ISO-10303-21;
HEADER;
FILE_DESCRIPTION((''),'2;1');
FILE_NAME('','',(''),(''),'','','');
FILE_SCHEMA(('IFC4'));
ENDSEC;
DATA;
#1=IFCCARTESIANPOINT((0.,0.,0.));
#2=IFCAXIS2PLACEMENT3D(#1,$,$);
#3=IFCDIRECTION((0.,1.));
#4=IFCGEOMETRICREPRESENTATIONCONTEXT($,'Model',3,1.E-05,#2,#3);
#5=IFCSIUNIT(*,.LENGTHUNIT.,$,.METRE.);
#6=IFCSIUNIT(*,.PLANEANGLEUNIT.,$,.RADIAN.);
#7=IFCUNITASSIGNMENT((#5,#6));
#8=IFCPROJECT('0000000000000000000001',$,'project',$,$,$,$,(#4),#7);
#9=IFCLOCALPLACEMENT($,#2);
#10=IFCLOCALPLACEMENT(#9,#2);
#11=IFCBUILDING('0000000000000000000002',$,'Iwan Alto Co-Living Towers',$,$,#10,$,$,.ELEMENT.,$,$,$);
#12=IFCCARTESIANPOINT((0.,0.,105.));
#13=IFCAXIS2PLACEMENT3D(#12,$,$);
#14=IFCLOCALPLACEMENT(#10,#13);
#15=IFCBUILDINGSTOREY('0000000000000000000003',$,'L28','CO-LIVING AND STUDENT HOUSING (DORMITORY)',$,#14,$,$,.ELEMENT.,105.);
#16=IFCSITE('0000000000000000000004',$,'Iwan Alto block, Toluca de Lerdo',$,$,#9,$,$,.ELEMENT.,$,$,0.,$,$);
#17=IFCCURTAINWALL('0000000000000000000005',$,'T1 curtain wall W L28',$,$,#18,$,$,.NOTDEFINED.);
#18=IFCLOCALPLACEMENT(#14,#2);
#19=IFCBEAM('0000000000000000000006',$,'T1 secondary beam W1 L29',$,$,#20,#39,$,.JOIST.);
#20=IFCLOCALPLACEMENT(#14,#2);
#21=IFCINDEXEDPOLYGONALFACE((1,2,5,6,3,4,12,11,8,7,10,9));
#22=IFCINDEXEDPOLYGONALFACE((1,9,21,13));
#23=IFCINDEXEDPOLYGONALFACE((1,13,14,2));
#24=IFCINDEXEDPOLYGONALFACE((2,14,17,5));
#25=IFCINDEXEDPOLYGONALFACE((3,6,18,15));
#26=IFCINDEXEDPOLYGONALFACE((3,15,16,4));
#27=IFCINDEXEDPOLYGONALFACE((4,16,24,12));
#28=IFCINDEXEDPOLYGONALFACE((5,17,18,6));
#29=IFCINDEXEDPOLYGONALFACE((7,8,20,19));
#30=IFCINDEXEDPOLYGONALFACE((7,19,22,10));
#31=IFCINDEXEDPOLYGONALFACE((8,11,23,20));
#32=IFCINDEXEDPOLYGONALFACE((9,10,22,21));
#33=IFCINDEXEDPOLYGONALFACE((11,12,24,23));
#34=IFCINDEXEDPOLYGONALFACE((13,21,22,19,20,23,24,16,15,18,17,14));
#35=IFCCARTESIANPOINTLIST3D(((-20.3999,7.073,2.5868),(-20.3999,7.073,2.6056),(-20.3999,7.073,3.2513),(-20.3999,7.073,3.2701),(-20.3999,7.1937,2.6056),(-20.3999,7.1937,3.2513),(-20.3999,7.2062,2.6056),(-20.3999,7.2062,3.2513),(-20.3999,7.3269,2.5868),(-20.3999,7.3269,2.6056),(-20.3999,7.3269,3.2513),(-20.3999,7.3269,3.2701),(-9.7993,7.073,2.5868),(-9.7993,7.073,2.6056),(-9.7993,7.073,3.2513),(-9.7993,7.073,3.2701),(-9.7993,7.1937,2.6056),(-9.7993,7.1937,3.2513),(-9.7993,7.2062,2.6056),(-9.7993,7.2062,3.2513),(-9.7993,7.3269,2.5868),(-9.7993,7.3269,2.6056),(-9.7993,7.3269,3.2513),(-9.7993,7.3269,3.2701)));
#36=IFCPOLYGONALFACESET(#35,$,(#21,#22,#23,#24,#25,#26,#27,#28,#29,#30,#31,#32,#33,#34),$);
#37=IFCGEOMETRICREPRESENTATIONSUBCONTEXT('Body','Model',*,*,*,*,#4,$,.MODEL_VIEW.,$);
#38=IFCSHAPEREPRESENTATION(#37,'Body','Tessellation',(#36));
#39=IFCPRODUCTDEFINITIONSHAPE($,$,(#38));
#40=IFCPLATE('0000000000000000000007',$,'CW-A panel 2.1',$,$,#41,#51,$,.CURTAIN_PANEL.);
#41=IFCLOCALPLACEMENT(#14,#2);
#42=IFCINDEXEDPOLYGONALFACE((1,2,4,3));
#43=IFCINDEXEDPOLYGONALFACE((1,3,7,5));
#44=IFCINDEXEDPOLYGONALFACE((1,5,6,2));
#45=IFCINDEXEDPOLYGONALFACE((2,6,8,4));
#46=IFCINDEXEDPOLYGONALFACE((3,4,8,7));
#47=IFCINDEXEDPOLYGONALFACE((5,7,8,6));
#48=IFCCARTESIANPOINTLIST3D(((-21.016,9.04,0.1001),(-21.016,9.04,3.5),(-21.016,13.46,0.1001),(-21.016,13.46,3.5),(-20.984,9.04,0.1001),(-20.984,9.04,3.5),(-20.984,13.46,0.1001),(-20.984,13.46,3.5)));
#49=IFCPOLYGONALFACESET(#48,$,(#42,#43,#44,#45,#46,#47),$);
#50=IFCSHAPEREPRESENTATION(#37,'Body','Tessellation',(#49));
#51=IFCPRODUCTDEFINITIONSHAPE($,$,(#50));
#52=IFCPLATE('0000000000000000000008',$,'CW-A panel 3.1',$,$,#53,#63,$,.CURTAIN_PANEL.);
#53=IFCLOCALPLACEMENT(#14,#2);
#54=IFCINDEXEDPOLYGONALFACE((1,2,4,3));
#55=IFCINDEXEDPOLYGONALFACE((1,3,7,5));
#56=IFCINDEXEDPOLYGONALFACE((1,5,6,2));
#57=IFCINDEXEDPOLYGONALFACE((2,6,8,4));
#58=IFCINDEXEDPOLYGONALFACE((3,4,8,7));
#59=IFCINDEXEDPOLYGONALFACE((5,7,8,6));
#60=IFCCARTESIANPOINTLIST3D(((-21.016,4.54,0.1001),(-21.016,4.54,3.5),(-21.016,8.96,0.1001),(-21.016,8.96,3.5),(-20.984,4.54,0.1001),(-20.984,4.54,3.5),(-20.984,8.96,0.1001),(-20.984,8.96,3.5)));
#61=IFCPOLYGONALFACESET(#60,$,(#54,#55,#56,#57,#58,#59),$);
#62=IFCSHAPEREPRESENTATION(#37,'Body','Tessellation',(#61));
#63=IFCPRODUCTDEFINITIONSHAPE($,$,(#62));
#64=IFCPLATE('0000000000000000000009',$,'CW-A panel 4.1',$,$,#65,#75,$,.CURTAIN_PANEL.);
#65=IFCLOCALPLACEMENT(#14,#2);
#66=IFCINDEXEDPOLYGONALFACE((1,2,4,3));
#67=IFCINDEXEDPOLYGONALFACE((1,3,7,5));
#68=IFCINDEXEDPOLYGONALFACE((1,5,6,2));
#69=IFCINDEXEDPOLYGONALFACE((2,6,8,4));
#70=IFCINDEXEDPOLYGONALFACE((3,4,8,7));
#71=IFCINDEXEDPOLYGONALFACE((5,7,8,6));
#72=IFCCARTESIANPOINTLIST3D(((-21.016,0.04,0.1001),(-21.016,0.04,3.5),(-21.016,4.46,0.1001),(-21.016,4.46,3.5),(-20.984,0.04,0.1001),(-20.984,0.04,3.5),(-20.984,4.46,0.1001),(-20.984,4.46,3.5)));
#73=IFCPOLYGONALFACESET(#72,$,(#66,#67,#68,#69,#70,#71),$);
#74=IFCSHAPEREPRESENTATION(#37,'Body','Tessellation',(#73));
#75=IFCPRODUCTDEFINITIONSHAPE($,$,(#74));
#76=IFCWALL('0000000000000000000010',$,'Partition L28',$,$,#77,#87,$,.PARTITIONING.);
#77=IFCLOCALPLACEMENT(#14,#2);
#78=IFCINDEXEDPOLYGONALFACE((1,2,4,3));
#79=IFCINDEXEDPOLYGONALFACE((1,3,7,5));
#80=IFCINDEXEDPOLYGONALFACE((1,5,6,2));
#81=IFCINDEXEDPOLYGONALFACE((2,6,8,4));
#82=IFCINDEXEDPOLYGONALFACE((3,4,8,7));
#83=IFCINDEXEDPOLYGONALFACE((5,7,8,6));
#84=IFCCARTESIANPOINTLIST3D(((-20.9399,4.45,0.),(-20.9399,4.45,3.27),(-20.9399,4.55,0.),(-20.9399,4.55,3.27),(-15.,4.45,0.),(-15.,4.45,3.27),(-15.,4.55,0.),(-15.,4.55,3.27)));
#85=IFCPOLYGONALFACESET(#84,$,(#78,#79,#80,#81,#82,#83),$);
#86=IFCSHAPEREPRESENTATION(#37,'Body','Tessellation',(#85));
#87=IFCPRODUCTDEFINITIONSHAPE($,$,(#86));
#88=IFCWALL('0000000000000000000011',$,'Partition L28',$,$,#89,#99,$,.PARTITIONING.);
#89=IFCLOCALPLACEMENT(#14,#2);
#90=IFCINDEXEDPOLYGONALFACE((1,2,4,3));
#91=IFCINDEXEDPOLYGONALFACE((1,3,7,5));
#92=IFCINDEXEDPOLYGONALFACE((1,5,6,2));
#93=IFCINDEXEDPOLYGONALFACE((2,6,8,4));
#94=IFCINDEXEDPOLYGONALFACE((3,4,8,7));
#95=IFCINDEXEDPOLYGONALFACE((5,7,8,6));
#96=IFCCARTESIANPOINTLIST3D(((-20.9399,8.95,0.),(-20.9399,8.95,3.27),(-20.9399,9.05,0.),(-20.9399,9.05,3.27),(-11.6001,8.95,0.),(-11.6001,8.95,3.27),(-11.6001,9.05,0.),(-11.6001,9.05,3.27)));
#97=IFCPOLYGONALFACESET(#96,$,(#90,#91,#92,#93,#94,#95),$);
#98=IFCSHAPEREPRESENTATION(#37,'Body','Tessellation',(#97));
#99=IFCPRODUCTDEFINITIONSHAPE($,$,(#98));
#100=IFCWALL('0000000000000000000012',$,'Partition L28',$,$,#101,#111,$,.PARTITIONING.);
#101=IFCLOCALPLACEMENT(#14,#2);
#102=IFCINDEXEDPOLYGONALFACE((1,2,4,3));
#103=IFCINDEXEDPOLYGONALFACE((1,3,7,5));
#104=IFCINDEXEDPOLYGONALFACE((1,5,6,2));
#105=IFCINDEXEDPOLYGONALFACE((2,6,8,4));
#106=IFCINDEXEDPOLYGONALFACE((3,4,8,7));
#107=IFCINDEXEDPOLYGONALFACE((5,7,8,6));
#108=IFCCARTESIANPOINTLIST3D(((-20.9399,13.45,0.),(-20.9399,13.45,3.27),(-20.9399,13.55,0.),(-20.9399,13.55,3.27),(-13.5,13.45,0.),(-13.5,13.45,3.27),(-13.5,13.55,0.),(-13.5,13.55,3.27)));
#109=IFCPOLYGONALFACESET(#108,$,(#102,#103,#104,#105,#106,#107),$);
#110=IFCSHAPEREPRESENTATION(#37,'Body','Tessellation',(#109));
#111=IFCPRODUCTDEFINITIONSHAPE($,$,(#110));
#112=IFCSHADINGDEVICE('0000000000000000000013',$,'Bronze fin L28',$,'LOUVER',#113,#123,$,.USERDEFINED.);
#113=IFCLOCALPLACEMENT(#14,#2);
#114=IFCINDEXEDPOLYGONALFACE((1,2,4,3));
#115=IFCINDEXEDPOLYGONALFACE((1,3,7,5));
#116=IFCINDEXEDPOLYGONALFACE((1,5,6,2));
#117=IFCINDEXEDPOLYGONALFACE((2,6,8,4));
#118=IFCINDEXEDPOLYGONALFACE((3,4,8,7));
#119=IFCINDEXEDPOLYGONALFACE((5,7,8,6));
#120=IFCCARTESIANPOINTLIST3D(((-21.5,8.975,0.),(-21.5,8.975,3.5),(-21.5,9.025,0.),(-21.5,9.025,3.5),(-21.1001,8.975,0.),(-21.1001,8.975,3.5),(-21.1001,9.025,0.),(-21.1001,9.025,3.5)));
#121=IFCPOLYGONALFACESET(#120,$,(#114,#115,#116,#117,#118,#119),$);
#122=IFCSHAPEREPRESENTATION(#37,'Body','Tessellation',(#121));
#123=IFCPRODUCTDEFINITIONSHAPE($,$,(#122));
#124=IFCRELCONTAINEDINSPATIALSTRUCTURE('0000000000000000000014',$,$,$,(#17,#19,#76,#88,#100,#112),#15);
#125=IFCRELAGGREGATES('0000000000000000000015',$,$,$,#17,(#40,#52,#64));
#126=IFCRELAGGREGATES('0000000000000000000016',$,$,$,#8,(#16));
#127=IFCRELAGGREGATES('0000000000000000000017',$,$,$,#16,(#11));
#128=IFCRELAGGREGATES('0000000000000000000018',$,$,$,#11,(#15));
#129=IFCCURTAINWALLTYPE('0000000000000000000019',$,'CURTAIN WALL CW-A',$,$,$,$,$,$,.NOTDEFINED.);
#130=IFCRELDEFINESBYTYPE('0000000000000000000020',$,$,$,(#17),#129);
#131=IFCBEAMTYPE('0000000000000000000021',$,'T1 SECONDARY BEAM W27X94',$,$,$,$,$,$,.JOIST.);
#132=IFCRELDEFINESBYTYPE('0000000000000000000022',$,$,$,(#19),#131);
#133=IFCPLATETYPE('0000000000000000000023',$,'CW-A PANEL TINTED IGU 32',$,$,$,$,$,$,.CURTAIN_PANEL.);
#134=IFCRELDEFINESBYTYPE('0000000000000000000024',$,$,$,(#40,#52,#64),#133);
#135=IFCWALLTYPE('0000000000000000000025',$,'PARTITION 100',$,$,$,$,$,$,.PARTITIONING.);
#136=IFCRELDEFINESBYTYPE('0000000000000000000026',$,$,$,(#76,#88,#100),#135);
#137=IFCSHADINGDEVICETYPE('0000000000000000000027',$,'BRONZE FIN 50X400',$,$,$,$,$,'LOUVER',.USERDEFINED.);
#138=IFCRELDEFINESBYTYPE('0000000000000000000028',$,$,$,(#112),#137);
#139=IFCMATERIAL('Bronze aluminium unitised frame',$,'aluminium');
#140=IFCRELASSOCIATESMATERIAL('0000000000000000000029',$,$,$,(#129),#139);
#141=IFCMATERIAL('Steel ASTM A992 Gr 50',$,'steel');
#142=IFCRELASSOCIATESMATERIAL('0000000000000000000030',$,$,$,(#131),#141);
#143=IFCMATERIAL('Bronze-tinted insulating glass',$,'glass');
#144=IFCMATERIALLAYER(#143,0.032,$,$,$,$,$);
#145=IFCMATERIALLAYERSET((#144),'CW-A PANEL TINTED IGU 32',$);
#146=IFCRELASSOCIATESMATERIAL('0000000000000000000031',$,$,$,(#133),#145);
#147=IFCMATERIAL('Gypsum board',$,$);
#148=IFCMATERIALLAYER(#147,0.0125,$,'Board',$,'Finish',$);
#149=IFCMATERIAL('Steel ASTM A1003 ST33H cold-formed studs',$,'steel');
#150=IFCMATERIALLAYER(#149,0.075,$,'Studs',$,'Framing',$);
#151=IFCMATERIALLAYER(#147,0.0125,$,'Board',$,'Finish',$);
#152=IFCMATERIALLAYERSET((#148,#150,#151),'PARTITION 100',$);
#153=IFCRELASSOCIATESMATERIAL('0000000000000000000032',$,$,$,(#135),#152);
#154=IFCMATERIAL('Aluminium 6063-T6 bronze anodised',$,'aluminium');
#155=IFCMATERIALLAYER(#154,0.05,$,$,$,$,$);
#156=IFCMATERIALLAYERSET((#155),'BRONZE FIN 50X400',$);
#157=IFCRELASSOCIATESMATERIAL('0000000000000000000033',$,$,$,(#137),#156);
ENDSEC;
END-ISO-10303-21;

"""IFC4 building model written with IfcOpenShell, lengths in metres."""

from ifc_helpers import new_model, si_unit, direction, frame, frame_2d, origin, origin_2d, place, context, subcontext, project, spatial, rectangle, i_section, extrude, material, layer, layer_set, material_profile, profile_set, type_object, element, aggregate, save


model = new_model("IFC4")

# Units and contexts
model_context = context("Model", 3, precision=1e-05, world=origin(), true_north=direction((0.0, 1.0)))
body_context = subcontext(model_context, "Body", "Model", "MODEL_VIEW")
ifc_project = project(units=[si_unit("LENGTHUNIT", "METRE"), si_unit("PLANEANGLEUNIT", "RADIAN")], contexts=[model_context])

# Site, building, storey
site_placement = place(None, origin())
site = spatial("IfcSite", under=ifc_project, at=site_placement, Name="Iwan Alto block, Toluca de Lerdo", CompositionType="ELEMENT", RefElevation=0.0)
building_placement = place(site_placement, origin())
building = spatial("IfcBuilding", under=site, at=building_placement, Name="Iwan Alto Co-Living Towers", CompositionType="ELEMENT")
storey_placement = place(building_placement, frame((0.0, 0.0, 105.0)))
storey = spatial("IfcBuildingStorey", under=building, at=storey_placement, Name="L28", Description="CO-LIVING AND STUDENT HOUSING (DORMITORY)", CompositionType="ELEMENT", Elevation=105.0)

# Curtain wall
ifc_material_1 = material(Name="Bronze aluminium unitised frame", Category="aluminium")
curtain_wall_type = type_object("IfcCurtainWallType", Name="CURTAIN WALL CW-A", PredefinedType="NOTDEFINED", material=ifc_material_1)
curtain_wall_placement = place(storey_placement, origin())
curtain_wall = element("IfcCurtainWall", 1, at=curtain_wall_placement, inside=storey, type_object=curtain_wall_type, Name="T1 curtain wall W L28", PredefinedType="NOTDEFINED")

# Beam
ifc_material_2 = material(Name="Steel ASTM A992 Gr 50", Category="steel")
ifc_material_profile_1 = material_profile(ifc_material_2, i_section(OverallWidth=0.2539, OverallDepth=0.6833, WebThickness=0.0125, FlangeThickness=0.0188, at=origin_2d()), Name="W27X94")
ifc_profile_set_1 = profile_set([ifc_material_profile_1], Name="Steel ASTM A992 Gr 50")
beam_type_1 = type_object("IfcBeamType", Name="T1 SECONDARY BEAM W27X94", PredefinedType="JOIST", material=ifc_profile_set_1)
beam_1_placement = place(storey_placement, frame((-20.3999, 7.2, 2.9285), z_axis=(1.0, 0.0, 0.0), x_axis=(0.0, 1.0, 0.0)))
element("IfcBeam", 2, at=beam_1_placement, inside=storey, type_object=beam_type_1, Name="T1 secondary beam W1 L29", PredefinedType="JOIST", context=body_context, shape_type="SweptSolid", body=[
    extrude(i_section(OverallWidth=0.2539, OverallDepth=0.6833, WebThickness=0.0125, FlangeThickness=0.0188, at=origin_2d()), origin(), (0.0, 0.0, 1.0), 10.6006),
])

# Plates
ifc_material_3 = material(Name="Bronze-tinted insulating glass", Category="glass")
ifc_layer_1 = layer(ifc_material_3, 0.032)
ifc_layer_set_1 = layer_set([ifc_layer_1], Name="CW-A PANEL TINTED IGU 32")
plate_type = type_object("IfcPlateType", Name="CW-A PANEL TINTED IGU 32", PredefinedType="CURTAIN_PANEL", material=ifc_layer_set_1)
plate_1_placement = place(storey_placement, frame((-21.0, 11.25, 0.1001), z_axis=(0.0, 0.0, 1.0), x_axis=(0.0, -1.0, 0.0)))
plate_1 = element("IfcPlate", 3, at=plate_1_placement, type_object=plate_type, Name="CW-A panel 2.1", PredefinedType="CURTAIN_PANEL", context=body_context, shape_type="SweptSolid", body=[
    extrude(rectangle(XDim=4.4199, YDim=0.032, at=origin_2d()), origin(), (0.0, 0.0, 1.0), 3.3999),
])
plate_2_placement = place(storey_placement, frame((-21.0, 6.75, 0.1001), z_axis=(0.0, 0.0, 1.0), x_axis=(0.0, -1.0, 0.0)))
plate_2 = element("IfcPlate", 4, at=plate_2_placement, type_object=plate_type, Name="CW-A panel 3.1", PredefinedType="CURTAIN_PANEL", context=body_context, shape_type="SweptSolid", body=[
    extrude(rectangle(XDim=4.4199, YDim=0.032, at=origin_2d()), origin(), (0.0, 0.0, 1.0), 3.3999),
])
plate_3_placement = place(storey_placement, frame((-21.0, 2.25, 0.1001), z_axis=(0.0, 0.0, 1.0), x_axis=(0.0, -1.0, 0.0)))
plate_3 = element("IfcPlate", 5, at=plate_3_placement, type_object=plate_type, Name="CW-A panel 4.1", PredefinedType="CURTAIN_PANEL", context=body_context, shape_type="SweptSolid", body=[
    extrude(rectangle(XDim=4.4199, YDim=0.032, at=origin_2d()), origin(), (0.0, 0.0, 1.0), 3.3999),
])
aggregate(curtain_wall, [plate_1, plate_2, plate_3])

# Walls
ifc_material_4 = material(Name="Gypsum board")
ifc_layer_2 = layer(ifc_material_4, 0.0125, Name="Board", Category="Finish")
ifc_material_5 = material(Name="Steel ASTM A1003 ST33H cold-formed studs", Category="steel")
ifc_layer_3 = layer(ifc_material_5, 0.075, Name="Studs", Category="Framing")
ifc_layer_4 = layer(ifc_material_4, 0.0125, Name="Board", Category="Finish")
ifc_layer_set_2 = layer_set([ifc_layer_2, ifc_layer_3, ifc_layer_4], Name="PARTITION 100")
wall_type = type_object("IfcWallType", Name="PARTITION 100", PredefinedType="PARTITIONING", material=ifc_layer_set_2)
wall_1_placement = place(storey_placement, frame((-20.9399, 4.5, 0.0), z_axis=(0.0, 0.0, 1.0), x_axis=(1.0, 0.0, 0.0)))
element("IfcWall", 6, at=wall_1_placement, inside=storey, type_object=wall_type, Name="Partition L28", PredefinedType="PARTITIONING", context=body_context, shape_type="SweptSolid", body=[
    extrude(rectangle(XDim=5.9399, YDim=0.1001, at=frame_2d((2.97, 0.0))), origin(), (0.0, 0.0, 1.0), 3.27),
])
wall_2_placement = place(storey_placement, frame((-20.9399, 9.0, 0.0), z_axis=(0.0, 0.0, 1.0), x_axis=(1.0, 0.0, 0.0)))
element("IfcWall", 7, at=wall_2_placement, inside=storey, type_object=wall_type, Name="Partition L28", PredefinedType="PARTITIONING", context=body_context, shape_type="SweptSolid", body=[
    extrude(rectangle(XDim=9.3398, YDim=0.1001, at=frame_2d((4.6699, 0.0))), origin(), (0.0, 0.0, 1.0), 3.27),
])
wall_3_placement = place(storey_placement, frame((-20.9399, 13.5, 0.0), z_axis=(0.0, 0.0, 1.0), x_axis=(1.0, 0.0, 0.0)))
element("IfcWall", 8, at=wall_3_placement, inside=storey, type_object=wall_type, Name="Partition L28", PredefinedType="PARTITIONING", context=body_context, shape_type="SweptSolid", body=[
    extrude(rectangle(XDim=7.4399, YDim=0.1001, at=frame_2d((3.72, 0.0))), origin(), (0.0, 0.0, 1.0), 3.27),
])

# Shading device
ifc_material_6 = material(Name="Aluminium 6063-T6 bronze anodised", Category="aluminium")
ifc_layer_5 = layer(ifc_material_6, 0.05)
ifc_layer_set_3 = layer_set([ifc_layer_5], Name="BRONZE FIN 50X400")
shading_device_type = type_object("IfcShadingDeviceType", Name="BRONZE FIN 50X400", ElementType="LOUVER", PredefinedType="USERDEFINED", material=ifc_layer_set_3)
shading_device_placement = place(storey_placement, frame((-21.3, 9.0, 0.0), z_axis=(0.0, 0.0, 1.0), x_axis=(0.0, -1.0, 0.0)))
element("IfcShadingDevice", 9, at=shading_device_placement, inside=storey, type_object=shading_device_type, Name="Bronze fin L28", ObjectType="LOUVER", PredefinedType="USERDEFINED", context=body_context, shape_type="SweptSolid", body=[
    extrude(rectangle(XDim=0.05, YDim=0.3999, at=origin_2d()), origin(), (0.0, 0.0, 1.0), 3.5),
])

save(model, "model.ifc")
